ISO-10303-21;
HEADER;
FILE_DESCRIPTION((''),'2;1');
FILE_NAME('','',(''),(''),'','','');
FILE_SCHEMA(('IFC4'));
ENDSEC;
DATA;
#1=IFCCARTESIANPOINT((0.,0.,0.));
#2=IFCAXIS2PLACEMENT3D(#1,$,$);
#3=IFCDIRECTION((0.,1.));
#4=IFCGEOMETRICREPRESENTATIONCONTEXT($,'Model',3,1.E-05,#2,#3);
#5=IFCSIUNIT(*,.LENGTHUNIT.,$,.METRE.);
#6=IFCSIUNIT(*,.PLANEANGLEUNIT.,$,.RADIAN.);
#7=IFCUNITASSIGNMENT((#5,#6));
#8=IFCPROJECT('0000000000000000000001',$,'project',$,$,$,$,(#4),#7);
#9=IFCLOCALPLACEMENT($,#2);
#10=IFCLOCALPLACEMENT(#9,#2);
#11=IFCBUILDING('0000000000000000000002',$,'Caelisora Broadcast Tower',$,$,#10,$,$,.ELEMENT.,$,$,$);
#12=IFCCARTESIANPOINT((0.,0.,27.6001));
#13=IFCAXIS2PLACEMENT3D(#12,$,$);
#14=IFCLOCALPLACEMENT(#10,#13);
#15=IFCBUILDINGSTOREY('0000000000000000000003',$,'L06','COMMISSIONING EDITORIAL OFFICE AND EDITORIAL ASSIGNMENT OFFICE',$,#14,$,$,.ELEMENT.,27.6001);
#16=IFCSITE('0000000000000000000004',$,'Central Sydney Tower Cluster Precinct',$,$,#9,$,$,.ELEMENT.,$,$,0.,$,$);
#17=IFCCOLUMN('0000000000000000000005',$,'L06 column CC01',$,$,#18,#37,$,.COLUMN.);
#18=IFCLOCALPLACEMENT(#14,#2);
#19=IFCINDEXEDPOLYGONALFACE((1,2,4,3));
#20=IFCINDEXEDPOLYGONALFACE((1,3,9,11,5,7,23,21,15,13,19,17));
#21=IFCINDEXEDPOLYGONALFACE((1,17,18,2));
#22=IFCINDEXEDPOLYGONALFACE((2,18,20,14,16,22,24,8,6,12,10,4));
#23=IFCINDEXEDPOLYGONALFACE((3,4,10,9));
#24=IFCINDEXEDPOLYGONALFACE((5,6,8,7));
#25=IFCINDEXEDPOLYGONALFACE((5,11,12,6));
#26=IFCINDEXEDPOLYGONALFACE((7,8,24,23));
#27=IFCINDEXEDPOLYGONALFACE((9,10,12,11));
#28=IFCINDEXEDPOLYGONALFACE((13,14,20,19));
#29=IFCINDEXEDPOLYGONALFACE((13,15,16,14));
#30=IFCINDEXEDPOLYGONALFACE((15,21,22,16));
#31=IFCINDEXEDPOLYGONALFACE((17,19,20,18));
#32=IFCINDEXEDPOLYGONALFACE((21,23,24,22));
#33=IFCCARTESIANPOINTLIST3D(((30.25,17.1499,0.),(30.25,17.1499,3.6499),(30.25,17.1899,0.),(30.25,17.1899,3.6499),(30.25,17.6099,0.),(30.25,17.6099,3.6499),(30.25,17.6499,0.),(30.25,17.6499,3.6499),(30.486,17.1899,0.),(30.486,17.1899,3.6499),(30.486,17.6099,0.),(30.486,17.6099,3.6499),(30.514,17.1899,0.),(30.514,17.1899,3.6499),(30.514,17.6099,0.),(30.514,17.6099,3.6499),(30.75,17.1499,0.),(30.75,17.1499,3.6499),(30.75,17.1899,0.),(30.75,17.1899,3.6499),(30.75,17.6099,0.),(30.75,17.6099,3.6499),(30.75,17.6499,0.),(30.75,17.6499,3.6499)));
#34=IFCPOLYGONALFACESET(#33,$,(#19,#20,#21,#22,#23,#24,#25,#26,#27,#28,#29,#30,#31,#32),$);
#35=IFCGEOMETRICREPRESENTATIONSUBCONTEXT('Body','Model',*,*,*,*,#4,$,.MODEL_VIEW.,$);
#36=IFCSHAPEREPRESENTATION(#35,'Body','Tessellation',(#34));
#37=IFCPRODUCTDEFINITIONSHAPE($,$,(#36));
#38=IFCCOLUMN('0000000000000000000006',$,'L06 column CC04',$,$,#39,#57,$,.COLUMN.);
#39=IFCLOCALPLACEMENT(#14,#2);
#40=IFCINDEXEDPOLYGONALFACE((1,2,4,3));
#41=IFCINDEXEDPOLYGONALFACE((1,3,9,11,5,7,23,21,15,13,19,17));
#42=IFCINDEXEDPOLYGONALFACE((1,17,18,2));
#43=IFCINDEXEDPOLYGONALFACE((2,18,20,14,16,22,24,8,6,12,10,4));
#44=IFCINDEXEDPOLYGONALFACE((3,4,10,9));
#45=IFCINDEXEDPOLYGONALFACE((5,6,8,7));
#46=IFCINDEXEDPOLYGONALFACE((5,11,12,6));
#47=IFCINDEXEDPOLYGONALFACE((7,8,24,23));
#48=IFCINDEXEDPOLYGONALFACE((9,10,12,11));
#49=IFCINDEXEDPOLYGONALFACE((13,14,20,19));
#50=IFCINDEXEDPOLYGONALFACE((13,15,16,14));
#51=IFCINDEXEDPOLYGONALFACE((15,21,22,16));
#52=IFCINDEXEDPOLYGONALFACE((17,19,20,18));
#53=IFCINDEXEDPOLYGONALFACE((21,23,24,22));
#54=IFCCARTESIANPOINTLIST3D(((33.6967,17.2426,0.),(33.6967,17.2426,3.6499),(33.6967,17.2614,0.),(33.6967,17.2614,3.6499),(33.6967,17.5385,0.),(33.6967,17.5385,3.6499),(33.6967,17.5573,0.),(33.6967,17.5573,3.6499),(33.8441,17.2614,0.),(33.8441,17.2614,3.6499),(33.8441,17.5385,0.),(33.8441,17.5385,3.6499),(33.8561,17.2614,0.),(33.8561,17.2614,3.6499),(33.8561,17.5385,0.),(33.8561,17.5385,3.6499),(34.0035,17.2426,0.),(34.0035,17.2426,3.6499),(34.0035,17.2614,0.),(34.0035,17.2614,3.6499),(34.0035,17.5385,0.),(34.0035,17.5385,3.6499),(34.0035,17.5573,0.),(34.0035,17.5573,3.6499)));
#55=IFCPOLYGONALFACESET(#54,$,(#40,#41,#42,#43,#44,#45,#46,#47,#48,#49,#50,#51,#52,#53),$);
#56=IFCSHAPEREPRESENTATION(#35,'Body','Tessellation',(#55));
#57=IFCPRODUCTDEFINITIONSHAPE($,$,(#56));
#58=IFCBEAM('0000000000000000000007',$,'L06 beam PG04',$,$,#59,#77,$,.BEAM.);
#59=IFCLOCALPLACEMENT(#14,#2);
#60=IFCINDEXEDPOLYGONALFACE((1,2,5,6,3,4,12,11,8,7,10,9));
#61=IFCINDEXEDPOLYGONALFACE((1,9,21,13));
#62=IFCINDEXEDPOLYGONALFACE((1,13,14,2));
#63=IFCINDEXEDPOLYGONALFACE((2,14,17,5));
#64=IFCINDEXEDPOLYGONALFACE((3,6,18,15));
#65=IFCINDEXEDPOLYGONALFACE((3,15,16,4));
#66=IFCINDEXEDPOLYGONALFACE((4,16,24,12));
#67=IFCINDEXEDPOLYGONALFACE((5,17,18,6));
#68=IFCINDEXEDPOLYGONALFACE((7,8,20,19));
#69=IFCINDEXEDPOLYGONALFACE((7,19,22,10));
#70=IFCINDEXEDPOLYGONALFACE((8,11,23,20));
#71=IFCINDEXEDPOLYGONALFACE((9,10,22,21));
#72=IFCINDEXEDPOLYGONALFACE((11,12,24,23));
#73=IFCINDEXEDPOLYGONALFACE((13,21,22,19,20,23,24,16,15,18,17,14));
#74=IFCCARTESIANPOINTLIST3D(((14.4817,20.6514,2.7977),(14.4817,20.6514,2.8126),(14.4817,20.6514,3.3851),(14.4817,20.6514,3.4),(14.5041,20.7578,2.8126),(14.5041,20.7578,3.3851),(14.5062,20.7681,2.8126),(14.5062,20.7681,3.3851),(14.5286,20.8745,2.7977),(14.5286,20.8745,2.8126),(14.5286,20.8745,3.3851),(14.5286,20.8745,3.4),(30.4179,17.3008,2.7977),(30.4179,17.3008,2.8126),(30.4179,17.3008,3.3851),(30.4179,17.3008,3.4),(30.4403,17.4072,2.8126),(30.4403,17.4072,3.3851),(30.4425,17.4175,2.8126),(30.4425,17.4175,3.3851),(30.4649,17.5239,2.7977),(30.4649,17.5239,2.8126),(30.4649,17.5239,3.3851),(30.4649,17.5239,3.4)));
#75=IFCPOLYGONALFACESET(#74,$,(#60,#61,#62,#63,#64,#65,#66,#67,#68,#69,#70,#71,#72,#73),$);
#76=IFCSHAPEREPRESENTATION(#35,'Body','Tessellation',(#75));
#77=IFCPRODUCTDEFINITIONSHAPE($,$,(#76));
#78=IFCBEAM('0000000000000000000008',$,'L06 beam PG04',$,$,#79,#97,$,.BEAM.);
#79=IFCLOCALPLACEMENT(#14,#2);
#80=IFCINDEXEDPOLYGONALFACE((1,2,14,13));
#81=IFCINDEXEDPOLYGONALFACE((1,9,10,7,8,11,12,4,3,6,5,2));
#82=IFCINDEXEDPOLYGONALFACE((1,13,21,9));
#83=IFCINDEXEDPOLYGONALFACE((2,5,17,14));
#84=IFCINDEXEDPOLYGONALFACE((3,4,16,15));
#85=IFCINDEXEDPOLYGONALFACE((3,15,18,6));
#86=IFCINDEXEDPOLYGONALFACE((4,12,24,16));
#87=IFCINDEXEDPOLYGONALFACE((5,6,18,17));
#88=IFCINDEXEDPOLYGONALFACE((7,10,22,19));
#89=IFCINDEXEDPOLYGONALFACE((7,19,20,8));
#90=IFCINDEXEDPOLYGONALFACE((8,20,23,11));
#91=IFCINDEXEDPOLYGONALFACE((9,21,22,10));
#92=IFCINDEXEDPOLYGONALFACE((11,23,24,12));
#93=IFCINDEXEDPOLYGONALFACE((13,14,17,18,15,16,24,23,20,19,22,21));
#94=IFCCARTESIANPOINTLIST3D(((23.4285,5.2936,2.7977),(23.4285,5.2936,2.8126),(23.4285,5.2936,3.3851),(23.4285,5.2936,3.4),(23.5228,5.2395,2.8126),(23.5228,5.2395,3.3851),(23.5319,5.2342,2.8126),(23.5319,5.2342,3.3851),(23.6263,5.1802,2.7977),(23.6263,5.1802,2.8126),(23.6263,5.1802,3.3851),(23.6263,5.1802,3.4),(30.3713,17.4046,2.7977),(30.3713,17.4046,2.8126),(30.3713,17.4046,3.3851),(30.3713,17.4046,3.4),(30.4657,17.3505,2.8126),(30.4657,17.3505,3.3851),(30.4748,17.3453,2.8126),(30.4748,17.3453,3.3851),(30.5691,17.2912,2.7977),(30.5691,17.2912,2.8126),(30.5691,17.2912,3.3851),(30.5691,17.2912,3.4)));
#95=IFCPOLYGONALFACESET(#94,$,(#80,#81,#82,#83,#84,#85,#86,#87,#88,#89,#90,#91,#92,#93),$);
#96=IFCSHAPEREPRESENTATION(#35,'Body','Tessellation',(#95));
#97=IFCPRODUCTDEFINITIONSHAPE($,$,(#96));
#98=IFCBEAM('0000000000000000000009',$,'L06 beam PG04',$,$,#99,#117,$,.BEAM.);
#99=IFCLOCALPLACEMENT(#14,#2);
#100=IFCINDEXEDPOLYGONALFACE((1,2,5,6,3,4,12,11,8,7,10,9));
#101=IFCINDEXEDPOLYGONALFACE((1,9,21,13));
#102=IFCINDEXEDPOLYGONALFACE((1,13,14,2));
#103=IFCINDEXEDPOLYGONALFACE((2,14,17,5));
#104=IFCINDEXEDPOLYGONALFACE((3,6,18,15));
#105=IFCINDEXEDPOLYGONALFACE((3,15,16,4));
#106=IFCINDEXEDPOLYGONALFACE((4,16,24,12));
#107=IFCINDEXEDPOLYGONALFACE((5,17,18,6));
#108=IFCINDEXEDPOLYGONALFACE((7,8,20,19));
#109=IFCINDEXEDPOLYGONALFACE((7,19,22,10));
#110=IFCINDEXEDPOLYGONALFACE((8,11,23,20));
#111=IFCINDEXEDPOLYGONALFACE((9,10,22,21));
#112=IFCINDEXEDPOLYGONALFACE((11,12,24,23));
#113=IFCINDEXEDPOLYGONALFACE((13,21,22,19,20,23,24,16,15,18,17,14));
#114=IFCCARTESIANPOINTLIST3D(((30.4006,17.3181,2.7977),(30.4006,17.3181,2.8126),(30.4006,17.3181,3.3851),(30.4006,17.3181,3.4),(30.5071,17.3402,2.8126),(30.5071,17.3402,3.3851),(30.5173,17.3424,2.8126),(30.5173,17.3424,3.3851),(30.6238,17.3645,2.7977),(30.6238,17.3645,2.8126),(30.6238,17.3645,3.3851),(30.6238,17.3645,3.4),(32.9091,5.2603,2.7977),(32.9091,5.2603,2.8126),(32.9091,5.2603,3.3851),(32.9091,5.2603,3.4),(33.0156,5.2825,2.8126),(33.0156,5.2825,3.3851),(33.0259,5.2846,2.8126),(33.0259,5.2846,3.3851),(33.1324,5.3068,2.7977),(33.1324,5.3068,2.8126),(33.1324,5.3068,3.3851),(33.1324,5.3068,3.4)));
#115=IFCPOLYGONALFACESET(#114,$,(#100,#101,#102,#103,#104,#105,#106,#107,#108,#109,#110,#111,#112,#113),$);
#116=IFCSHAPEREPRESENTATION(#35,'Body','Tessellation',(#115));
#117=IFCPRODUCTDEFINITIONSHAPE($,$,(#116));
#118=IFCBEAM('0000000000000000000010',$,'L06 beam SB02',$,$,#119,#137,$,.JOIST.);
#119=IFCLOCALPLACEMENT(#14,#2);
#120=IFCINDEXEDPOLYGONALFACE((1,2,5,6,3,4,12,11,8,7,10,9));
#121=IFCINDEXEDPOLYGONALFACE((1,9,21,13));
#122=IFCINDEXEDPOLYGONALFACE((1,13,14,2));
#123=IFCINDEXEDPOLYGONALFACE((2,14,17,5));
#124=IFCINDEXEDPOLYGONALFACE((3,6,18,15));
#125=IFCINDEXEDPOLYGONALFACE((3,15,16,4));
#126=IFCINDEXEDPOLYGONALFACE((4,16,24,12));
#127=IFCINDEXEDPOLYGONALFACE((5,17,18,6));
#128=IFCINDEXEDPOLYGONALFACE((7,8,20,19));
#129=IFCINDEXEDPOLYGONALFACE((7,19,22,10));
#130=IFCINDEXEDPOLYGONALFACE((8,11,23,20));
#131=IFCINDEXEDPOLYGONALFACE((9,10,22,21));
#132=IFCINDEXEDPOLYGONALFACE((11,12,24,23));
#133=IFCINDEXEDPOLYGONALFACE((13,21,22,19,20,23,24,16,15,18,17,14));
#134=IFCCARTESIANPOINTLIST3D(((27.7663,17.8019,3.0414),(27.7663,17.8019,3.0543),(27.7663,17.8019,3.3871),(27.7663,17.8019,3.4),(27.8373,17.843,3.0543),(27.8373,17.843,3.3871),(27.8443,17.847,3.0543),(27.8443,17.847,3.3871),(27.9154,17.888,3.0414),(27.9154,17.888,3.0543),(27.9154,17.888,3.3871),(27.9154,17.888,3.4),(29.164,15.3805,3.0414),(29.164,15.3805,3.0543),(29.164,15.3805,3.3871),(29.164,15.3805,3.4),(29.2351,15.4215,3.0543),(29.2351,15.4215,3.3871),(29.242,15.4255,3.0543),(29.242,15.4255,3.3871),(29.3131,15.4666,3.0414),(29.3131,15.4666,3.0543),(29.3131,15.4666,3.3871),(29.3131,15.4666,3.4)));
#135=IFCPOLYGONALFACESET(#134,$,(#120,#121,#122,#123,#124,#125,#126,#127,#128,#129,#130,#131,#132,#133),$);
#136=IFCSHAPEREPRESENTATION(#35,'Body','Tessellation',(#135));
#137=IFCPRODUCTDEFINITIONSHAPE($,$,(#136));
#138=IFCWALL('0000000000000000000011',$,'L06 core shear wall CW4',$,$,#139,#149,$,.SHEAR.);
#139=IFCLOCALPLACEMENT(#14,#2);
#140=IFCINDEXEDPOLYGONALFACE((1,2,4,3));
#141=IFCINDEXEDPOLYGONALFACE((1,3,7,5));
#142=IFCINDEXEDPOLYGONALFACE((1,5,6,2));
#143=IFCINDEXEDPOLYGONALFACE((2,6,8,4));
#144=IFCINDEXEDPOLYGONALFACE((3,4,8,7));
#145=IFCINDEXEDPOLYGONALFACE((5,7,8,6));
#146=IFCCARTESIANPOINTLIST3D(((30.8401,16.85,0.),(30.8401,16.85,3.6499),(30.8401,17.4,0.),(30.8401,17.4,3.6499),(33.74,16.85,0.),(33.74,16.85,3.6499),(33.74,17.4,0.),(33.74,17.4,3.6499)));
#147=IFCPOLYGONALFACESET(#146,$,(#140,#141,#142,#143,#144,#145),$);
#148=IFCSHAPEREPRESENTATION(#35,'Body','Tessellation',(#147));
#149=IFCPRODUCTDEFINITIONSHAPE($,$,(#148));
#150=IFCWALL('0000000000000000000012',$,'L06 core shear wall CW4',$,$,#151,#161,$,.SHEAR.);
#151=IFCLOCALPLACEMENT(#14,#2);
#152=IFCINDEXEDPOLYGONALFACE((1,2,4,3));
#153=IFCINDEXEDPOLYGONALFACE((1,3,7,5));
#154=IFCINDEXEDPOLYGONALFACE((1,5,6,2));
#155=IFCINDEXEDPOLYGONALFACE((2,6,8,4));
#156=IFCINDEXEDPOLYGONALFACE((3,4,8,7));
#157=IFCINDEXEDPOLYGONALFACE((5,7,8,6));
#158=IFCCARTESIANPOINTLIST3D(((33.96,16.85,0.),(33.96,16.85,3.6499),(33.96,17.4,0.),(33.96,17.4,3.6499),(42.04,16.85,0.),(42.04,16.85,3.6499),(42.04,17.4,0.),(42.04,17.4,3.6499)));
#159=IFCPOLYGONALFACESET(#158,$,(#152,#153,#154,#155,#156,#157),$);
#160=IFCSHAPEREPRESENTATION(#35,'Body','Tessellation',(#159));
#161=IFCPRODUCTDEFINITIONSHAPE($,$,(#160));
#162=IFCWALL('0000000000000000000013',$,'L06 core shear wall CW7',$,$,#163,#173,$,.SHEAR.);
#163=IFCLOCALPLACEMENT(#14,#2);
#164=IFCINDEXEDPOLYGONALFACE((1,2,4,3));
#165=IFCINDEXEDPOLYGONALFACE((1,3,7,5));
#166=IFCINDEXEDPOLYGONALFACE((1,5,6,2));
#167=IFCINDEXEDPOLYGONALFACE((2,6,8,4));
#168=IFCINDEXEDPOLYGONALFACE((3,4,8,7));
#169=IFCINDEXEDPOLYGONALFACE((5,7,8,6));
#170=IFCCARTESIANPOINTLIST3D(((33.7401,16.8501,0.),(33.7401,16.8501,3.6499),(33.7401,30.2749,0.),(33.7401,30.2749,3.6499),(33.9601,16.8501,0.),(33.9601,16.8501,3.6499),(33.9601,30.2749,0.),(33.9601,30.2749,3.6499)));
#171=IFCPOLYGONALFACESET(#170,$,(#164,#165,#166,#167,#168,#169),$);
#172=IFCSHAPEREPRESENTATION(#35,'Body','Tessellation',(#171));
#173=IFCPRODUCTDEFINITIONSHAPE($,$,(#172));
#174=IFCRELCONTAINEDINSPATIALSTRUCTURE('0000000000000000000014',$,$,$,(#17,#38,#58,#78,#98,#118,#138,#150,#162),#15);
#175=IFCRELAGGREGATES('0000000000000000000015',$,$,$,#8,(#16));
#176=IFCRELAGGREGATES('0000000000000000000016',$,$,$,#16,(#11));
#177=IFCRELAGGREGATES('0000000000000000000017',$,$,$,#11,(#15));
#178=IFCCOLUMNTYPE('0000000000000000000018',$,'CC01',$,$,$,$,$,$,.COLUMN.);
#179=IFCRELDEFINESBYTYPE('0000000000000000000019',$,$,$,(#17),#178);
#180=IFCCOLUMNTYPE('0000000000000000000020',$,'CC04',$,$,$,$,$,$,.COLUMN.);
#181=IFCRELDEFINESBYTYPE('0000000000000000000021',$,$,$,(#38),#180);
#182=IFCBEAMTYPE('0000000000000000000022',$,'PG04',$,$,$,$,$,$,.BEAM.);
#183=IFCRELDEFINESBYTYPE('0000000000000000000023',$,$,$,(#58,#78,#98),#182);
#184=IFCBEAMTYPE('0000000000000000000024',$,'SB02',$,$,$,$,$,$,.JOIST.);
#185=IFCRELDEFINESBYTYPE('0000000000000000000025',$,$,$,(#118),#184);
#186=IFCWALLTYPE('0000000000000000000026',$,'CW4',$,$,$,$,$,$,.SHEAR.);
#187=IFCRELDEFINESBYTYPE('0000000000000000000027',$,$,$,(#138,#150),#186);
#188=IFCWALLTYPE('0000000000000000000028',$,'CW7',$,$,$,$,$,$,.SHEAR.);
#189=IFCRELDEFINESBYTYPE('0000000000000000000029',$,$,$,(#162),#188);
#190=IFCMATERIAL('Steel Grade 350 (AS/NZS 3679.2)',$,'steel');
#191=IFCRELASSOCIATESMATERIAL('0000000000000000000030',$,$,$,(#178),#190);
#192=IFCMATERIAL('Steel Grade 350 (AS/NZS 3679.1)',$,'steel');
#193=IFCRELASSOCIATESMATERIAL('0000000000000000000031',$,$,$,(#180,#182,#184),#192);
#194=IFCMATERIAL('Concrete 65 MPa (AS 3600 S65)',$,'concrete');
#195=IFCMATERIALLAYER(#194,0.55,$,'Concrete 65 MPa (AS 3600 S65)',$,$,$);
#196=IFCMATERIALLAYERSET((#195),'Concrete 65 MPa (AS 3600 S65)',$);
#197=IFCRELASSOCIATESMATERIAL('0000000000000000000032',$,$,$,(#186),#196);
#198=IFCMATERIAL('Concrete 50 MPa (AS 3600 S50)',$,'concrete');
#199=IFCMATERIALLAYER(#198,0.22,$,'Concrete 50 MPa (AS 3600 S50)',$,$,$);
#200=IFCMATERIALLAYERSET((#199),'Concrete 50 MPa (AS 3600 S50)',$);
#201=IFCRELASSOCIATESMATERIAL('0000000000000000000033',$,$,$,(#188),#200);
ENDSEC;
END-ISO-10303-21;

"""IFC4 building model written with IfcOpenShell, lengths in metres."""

from ifc_helpers import new_model, si_unit, direction, frame, frame_2d, origin, origin_2d, place, context, subcontext, project, spatial, rectangle, i_section, extrude, source, transform, mapped, material, layer, layer_set, material_profile, profile_set, type_object, type_shapes, element, save


model = new_model("IFC4")

# Units and contexts
model_context = context("Model", 3, precision=1e-05, world=origin(), true_north=direction((0.0, 1.0)))
body_context = subcontext(model_context, "Body", "Model", "MODEL_VIEW")
ifc_project = project(units=[si_unit("LENGTHUNIT", "METRE"), si_unit("PLANEANGLEUNIT", "RADIAN")], contexts=[model_context])

# Site, building, storey
site_placement = place(None, origin())
site = spatial("IfcSite", under=ifc_project, at=site_placement, Name="Central Sydney Tower Cluster Precinct", CompositionType="ELEMENT", RefElevation=0.0)
building_placement = place(site_placement, origin())
building = spatial("IfcBuilding", under=site, at=building_placement, Name="Caelisora Broadcast Tower", CompositionType="ELEMENT")
storey_placement = place(building_placement, frame((0.0, 0.0, 27.6001)))
storey = spatial("IfcBuildingStorey", under=building, at=storey_placement, Name="L06", Description="COMMISSIONING EDITORIAL OFFICE AND EDITORIAL ASSIGNMENT OFFICE", CompositionType="ELEMENT", Elevation=27.6001)

# Columns
ifc_material_1 = material(Name="Steel Grade 350 (AS/NZS 3679.2)", Category="steel")
ifc_material_profile_1 = material_profile(ifc_material_1, i_section(OverallWidth=0.5, OverallDepth=0.5, WebThickness=0.0281, FlangeThickness=0.04, at=origin_2d()), Name="Steel Grade 350 (AS/NZS 3679.2)")
ifc_profile_set_1 = profile_set([ifc_material_profile_1], Name="Steel Grade 350 (AS/NZS 3679.2)")
column_type_1 = type_object("IfcColumnType", Name="CC01", PredefinedType="COLUMN", material=ifc_profile_set_1)
shared_shape_1 = source(origin(), body_context, "Body", "SweptSolid", [
    extrude(i_section(OverallWidth=0.5, OverallDepth=0.5, WebThickness=0.0281, FlangeThickness=0.04, at=origin_2d()), origin(), (0.0, 0.0, 1.0), 3.6499),
])
type_shapes(column_type_1, [shared_shape_1])
column_1_placement = place(storey_placement, frame((30.5, 17.3999, 0.0), z_axis=(0.0, 0.0, 1.0), x_axis=(1.0, 0.0, 0.0)))
element("IfcColumn", 1, at=column_1_placement, inside=storey, type_object=column_type_1, Name="L06 column CC01", PredefinedType="COLUMN", context=body_context, shape_type="MappedRepresentation", body=[
    mapped(shared_shape_1, transform((0.0, 0.0, 0.0), scale=1.0)),
])
ifc_material_2 = material(Name="Steel Grade 350 (AS/NZS 3679.1)", Category="steel")
ifc_material_profile_2 = material_profile(ifc_material_2, i_section(OverallWidth=0.3069, OverallDepth=0.3147, WebThickness=0.012, FlangeThickness=0.0188, at=origin_2d()), Name="Steel Grade 350 (AS/NZS 3679.1)")
ifc_profile_set_2 = profile_set([ifc_material_profile_2], Name="Steel Grade 350 (AS/NZS 3679.1)")
column_type_2 = type_object("IfcColumnType", Name="CC04", PredefinedType="COLUMN", material=ifc_profile_set_2)
shared_shape_2 = source(origin(), body_context, "Body", "SweptSolid", [
    extrude(i_section(OverallWidth=0.3069, OverallDepth=0.3147, WebThickness=0.012, FlangeThickness=0.0188, at=origin_2d()), origin(), (0.0, 0.0, 1.0), 3.6499),
])
type_shapes(column_type_2, [shared_shape_2])
column_2_placement = place(storey_placement, frame((33.8501, 17.3999, 0.0), z_axis=(0.0, 0.0, 1.0), x_axis=(1.0, 0.0, 0.0)))
element("IfcColumn", 2, at=column_2_placement, inside=storey, type_object=column_type_2, Name="L06 column CC04", PredefinedType="COLUMN", context=body_context, shape_type="MappedRepresentation", body=[
    mapped(shared_shape_2, transform((0.0, 0.0, 0.0), scale=1.0)),
])

# Beams
ifc_material_profile_3 = material_profile(ifc_material_2, i_section(OverallWidth=0.228, OverallDepth=0.6023, WebThickness=0.0105, FlangeThickness=0.0149, at=origin_2d()), Name="Steel Grade 350 (AS/NZS 3679.1)")
ifc_profile_set_3 = profile_set([ifc_material_profile_3], Name="Steel Grade 350 (AS/NZS 3679.1)")
beam_type_1 = type_object("IfcBeamType", Name="PG04", PredefinedType="BEAM", material=ifc_profile_set_3)
shared_shape_3 = source(origin(), body_context, "Body", "SweptSolid", [
    extrude(i_section(OverallWidth=0.228, OverallDepth=0.6023, WebThickness=0.0105, FlangeThickness=0.0149, at=origin_2d()), origin(), (0.0, 0.0, 1.0), 16.2847),
])
beam_1_placement = place(storey_placement, frame((30.4414, 17.4124, 3.0989), z_axis=(-0.978604, 0.205751, 0.0), x_axis=(-0.205751, -0.978604, 0.0)))
element("IfcBeam", 3, at=beam_1_placement, inside=storey, type_object=beam_type_1, Name="L06 beam PG04", PredefinedType="BEAM", context=body_context, shape_type="MappedRepresentation", body=[
    mapped(shared_shape_3, transform((0.0, 0.0, 0.0), scale=1.0)),
])
shared_shape_4 = source(origin(), body_context, "Body", "SweptSolid", [
    extrude(i_section(OverallWidth=0.228, OverallDepth=0.6023, WebThickness=0.0105, FlangeThickness=0.0149, at=origin_2d()), origin(), (0.0, 0.0, 1.0), 13.96),
])
beam_2_placement = place(storey_placement, frame((30.4702, 17.3479, 3.0989), z_axis=(-0.49734, -0.867556, 0.0), x_axis=(0.867556, -0.49734, 0.0)))
element("IfcBeam", 4, at=beam_2_placement, inside=storey, type_object=beam_type_1, Name="L06 beam PG04", PredefinedType="BEAM", context=body_context, shape_type="MappedRepresentation", body=[
    mapped(shared_shape_4, transform((0.0, 0.0, 0.0), scale=1.0)),
])
shared_shape_5 = source(origin(), body_context, "Body", "SweptSolid", [
    extrude(i_section(OverallWidth=0.228, OverallDepth=0.6023, WebThickness=0.0105, FlangeThickness=0.0149, at=origin_2d()), origin(), (0.0, 0.0, 1.0), 12.3159),
])
type_shapes(beam_type_1, [shared_shape_3, shared_shape_4, shared_shape_5])
beam_3_placement = place(storey_placement, frame((30.5122, 17.3413, 3.0989), z_axis=(0.203681, -0.979037, 0.0), x_axis=(0.979037, 0.203681, 0.0)))
element("IfcBeam", 5, at=beam_3_placement, inside=storey, type_object=beam_type_1, Name="L06 beam PG04", PredefinedType="BEAM", context=body_context, shape_type="MappedRepresentation", body=[
    mapped(shared_shape_5, transform((0.0, 0.0, 0.0), scale=1.0)),
])
ifc_material_profile_4 = material_profile(ifc_material_2, i_section(OverallWidth=0.1721, OverallDepth=0.3586, WebThickness=0.0081, FlangeThickness=0.0129, at=origin_2d()), Name="Steel Grade 350 (AS/NZS 3679.1)")
ifc_profile_set_4 = profile_set([ifc_material_profile_4], Name="Steel Grade 350 (AS/NZS 3679.1)")
beam_type_2 = type_object("IfcBeamType", Name="SB02", PredefinedType="JOIST", material=ifc_profile_set_4)
shared_shape_6 = source(origin(), body_context, "Body", "SweptSolid", [
    extrude(i_section(OverallWidth=0.1721, OverallDepth=0.3586, WebThickness=0.0081, FlangeThickness=0.0129, at=origin_2d()), origin(), (0.0, 0.0, 1.0), 2.7959),
])
type_shapes(beam_type_2, [shared_shape_6])
beam_4_placement = place(storey_placement, frame((27.8408, 17.845, 3.2207), z_axis=(0.499924, -0.866069, 0.0), x_axis=(0.866069, 0.499924, 0.0)))
element("IfcBeam", 6, at=beam_4_placement, inside=storey, type_object=beam_type_2, Name="L06 beam SB02", PredefinedType="JOIST", context=body_context, shape_type="MappedRepresentation", body=[
    mapped(shared_shape_6, transform((0.0, 0.0, 0.0), scale=1.0)),
])

# Walls
ifc_material_3 = material(Name="Concrete 65 MPa (AS 3600 S65)", Category="concrete")
ifc_layer_1 = layer(ifc_material_3, 0.55, Name="Concrete 65 MPa (AS 3600 S65)")
ifc_layer_set_1 = layer_set([ifc_layer_1], Name="Concrete 65 MPa (AS 3600 S65)")
wall_type_1 = type_object("IfcWallType", Name="CW4", PredefinedType="SHEAR", material=ifc_layer_set_1)
wall_1_placement = place(storey_placement, frame((30.8401, 17.125, 0.0), z_axis=(0.0, 0.0, 1.0), x_axis=(1.0, 0.0, 0.0)))
element("IfcWall", 7, at=wall_1_placement, inside=storey, type_object=wall_type_1, Name="L06 core shear wall CW4", PredefinedType="SHEAR", context=body_context, shape_type="SweptSolid", body=[
    extrude(rectangle(XDim=2.8999, YDim=0.55, at=frame_2d((1.45, 0.0))), origin(), (0.0, 0.0, 1.0), 3.6499),
])
wall_2_placement = place(storey_placement, frame((33.96, 17.125, 0.0), z_axis=(0.0, 0.0, 1.0), x_axis=(1.0, 0.0, 0.0)))
element("IfcWall", 8, at=wall_2_placement, inside=storey, type_object=wall_type_1, Name="L06 core shear wall CW4", PredefinedType="SHEAR", context=body_context, shape_type="SweptSolid", body=[
    extrude(rectangle(XDim=8.0801, YDim=0.55, at=frame_2d((4.04, 0.0))), origin(), (0.0, 0.0, 1.0), 3.6499),
])
ifc_material_4 = material(Name="Concrete 50 MPa (AS 3600 S50)", Category="concrete")
ifc_layer_2 = layer(ifc_material_4, 0.22, Name="Concrete 50 MPa (AS 3600 S50)")
ifc_layer_set_2 = layer_set([ifc_layer_2], Name="Concrete 50 MPa (AS 3600 S50)")
wall_type_2 = type_object("IfcWallType", Name="CW7", PredefinedType="SHEAR", material=ifc_layer_set_2)
wall_3_placement = place(storey_placement, frame((33.8501, 16.8501, 0.0), z_axis=(0.0, 0.0, 1.0), x_axis=(0.0, 1.0, 0.0)))
element("IfcWall", 9, at=wall_3_placement, inside=storey, type_object=wall_type_2, Name="L06 core shear wall CW7", PredefinedType="SHEAR", context=body_context, shape_type="SweptSolid", body=[
    extrude(rectangle(XDim=13.4248, YDim=0.22, at=frame_2d((6.7124, 0.0))), origin(), (0.0, 0.0, 1.0), 3.6499),
])

save(model, "model.ifc")
